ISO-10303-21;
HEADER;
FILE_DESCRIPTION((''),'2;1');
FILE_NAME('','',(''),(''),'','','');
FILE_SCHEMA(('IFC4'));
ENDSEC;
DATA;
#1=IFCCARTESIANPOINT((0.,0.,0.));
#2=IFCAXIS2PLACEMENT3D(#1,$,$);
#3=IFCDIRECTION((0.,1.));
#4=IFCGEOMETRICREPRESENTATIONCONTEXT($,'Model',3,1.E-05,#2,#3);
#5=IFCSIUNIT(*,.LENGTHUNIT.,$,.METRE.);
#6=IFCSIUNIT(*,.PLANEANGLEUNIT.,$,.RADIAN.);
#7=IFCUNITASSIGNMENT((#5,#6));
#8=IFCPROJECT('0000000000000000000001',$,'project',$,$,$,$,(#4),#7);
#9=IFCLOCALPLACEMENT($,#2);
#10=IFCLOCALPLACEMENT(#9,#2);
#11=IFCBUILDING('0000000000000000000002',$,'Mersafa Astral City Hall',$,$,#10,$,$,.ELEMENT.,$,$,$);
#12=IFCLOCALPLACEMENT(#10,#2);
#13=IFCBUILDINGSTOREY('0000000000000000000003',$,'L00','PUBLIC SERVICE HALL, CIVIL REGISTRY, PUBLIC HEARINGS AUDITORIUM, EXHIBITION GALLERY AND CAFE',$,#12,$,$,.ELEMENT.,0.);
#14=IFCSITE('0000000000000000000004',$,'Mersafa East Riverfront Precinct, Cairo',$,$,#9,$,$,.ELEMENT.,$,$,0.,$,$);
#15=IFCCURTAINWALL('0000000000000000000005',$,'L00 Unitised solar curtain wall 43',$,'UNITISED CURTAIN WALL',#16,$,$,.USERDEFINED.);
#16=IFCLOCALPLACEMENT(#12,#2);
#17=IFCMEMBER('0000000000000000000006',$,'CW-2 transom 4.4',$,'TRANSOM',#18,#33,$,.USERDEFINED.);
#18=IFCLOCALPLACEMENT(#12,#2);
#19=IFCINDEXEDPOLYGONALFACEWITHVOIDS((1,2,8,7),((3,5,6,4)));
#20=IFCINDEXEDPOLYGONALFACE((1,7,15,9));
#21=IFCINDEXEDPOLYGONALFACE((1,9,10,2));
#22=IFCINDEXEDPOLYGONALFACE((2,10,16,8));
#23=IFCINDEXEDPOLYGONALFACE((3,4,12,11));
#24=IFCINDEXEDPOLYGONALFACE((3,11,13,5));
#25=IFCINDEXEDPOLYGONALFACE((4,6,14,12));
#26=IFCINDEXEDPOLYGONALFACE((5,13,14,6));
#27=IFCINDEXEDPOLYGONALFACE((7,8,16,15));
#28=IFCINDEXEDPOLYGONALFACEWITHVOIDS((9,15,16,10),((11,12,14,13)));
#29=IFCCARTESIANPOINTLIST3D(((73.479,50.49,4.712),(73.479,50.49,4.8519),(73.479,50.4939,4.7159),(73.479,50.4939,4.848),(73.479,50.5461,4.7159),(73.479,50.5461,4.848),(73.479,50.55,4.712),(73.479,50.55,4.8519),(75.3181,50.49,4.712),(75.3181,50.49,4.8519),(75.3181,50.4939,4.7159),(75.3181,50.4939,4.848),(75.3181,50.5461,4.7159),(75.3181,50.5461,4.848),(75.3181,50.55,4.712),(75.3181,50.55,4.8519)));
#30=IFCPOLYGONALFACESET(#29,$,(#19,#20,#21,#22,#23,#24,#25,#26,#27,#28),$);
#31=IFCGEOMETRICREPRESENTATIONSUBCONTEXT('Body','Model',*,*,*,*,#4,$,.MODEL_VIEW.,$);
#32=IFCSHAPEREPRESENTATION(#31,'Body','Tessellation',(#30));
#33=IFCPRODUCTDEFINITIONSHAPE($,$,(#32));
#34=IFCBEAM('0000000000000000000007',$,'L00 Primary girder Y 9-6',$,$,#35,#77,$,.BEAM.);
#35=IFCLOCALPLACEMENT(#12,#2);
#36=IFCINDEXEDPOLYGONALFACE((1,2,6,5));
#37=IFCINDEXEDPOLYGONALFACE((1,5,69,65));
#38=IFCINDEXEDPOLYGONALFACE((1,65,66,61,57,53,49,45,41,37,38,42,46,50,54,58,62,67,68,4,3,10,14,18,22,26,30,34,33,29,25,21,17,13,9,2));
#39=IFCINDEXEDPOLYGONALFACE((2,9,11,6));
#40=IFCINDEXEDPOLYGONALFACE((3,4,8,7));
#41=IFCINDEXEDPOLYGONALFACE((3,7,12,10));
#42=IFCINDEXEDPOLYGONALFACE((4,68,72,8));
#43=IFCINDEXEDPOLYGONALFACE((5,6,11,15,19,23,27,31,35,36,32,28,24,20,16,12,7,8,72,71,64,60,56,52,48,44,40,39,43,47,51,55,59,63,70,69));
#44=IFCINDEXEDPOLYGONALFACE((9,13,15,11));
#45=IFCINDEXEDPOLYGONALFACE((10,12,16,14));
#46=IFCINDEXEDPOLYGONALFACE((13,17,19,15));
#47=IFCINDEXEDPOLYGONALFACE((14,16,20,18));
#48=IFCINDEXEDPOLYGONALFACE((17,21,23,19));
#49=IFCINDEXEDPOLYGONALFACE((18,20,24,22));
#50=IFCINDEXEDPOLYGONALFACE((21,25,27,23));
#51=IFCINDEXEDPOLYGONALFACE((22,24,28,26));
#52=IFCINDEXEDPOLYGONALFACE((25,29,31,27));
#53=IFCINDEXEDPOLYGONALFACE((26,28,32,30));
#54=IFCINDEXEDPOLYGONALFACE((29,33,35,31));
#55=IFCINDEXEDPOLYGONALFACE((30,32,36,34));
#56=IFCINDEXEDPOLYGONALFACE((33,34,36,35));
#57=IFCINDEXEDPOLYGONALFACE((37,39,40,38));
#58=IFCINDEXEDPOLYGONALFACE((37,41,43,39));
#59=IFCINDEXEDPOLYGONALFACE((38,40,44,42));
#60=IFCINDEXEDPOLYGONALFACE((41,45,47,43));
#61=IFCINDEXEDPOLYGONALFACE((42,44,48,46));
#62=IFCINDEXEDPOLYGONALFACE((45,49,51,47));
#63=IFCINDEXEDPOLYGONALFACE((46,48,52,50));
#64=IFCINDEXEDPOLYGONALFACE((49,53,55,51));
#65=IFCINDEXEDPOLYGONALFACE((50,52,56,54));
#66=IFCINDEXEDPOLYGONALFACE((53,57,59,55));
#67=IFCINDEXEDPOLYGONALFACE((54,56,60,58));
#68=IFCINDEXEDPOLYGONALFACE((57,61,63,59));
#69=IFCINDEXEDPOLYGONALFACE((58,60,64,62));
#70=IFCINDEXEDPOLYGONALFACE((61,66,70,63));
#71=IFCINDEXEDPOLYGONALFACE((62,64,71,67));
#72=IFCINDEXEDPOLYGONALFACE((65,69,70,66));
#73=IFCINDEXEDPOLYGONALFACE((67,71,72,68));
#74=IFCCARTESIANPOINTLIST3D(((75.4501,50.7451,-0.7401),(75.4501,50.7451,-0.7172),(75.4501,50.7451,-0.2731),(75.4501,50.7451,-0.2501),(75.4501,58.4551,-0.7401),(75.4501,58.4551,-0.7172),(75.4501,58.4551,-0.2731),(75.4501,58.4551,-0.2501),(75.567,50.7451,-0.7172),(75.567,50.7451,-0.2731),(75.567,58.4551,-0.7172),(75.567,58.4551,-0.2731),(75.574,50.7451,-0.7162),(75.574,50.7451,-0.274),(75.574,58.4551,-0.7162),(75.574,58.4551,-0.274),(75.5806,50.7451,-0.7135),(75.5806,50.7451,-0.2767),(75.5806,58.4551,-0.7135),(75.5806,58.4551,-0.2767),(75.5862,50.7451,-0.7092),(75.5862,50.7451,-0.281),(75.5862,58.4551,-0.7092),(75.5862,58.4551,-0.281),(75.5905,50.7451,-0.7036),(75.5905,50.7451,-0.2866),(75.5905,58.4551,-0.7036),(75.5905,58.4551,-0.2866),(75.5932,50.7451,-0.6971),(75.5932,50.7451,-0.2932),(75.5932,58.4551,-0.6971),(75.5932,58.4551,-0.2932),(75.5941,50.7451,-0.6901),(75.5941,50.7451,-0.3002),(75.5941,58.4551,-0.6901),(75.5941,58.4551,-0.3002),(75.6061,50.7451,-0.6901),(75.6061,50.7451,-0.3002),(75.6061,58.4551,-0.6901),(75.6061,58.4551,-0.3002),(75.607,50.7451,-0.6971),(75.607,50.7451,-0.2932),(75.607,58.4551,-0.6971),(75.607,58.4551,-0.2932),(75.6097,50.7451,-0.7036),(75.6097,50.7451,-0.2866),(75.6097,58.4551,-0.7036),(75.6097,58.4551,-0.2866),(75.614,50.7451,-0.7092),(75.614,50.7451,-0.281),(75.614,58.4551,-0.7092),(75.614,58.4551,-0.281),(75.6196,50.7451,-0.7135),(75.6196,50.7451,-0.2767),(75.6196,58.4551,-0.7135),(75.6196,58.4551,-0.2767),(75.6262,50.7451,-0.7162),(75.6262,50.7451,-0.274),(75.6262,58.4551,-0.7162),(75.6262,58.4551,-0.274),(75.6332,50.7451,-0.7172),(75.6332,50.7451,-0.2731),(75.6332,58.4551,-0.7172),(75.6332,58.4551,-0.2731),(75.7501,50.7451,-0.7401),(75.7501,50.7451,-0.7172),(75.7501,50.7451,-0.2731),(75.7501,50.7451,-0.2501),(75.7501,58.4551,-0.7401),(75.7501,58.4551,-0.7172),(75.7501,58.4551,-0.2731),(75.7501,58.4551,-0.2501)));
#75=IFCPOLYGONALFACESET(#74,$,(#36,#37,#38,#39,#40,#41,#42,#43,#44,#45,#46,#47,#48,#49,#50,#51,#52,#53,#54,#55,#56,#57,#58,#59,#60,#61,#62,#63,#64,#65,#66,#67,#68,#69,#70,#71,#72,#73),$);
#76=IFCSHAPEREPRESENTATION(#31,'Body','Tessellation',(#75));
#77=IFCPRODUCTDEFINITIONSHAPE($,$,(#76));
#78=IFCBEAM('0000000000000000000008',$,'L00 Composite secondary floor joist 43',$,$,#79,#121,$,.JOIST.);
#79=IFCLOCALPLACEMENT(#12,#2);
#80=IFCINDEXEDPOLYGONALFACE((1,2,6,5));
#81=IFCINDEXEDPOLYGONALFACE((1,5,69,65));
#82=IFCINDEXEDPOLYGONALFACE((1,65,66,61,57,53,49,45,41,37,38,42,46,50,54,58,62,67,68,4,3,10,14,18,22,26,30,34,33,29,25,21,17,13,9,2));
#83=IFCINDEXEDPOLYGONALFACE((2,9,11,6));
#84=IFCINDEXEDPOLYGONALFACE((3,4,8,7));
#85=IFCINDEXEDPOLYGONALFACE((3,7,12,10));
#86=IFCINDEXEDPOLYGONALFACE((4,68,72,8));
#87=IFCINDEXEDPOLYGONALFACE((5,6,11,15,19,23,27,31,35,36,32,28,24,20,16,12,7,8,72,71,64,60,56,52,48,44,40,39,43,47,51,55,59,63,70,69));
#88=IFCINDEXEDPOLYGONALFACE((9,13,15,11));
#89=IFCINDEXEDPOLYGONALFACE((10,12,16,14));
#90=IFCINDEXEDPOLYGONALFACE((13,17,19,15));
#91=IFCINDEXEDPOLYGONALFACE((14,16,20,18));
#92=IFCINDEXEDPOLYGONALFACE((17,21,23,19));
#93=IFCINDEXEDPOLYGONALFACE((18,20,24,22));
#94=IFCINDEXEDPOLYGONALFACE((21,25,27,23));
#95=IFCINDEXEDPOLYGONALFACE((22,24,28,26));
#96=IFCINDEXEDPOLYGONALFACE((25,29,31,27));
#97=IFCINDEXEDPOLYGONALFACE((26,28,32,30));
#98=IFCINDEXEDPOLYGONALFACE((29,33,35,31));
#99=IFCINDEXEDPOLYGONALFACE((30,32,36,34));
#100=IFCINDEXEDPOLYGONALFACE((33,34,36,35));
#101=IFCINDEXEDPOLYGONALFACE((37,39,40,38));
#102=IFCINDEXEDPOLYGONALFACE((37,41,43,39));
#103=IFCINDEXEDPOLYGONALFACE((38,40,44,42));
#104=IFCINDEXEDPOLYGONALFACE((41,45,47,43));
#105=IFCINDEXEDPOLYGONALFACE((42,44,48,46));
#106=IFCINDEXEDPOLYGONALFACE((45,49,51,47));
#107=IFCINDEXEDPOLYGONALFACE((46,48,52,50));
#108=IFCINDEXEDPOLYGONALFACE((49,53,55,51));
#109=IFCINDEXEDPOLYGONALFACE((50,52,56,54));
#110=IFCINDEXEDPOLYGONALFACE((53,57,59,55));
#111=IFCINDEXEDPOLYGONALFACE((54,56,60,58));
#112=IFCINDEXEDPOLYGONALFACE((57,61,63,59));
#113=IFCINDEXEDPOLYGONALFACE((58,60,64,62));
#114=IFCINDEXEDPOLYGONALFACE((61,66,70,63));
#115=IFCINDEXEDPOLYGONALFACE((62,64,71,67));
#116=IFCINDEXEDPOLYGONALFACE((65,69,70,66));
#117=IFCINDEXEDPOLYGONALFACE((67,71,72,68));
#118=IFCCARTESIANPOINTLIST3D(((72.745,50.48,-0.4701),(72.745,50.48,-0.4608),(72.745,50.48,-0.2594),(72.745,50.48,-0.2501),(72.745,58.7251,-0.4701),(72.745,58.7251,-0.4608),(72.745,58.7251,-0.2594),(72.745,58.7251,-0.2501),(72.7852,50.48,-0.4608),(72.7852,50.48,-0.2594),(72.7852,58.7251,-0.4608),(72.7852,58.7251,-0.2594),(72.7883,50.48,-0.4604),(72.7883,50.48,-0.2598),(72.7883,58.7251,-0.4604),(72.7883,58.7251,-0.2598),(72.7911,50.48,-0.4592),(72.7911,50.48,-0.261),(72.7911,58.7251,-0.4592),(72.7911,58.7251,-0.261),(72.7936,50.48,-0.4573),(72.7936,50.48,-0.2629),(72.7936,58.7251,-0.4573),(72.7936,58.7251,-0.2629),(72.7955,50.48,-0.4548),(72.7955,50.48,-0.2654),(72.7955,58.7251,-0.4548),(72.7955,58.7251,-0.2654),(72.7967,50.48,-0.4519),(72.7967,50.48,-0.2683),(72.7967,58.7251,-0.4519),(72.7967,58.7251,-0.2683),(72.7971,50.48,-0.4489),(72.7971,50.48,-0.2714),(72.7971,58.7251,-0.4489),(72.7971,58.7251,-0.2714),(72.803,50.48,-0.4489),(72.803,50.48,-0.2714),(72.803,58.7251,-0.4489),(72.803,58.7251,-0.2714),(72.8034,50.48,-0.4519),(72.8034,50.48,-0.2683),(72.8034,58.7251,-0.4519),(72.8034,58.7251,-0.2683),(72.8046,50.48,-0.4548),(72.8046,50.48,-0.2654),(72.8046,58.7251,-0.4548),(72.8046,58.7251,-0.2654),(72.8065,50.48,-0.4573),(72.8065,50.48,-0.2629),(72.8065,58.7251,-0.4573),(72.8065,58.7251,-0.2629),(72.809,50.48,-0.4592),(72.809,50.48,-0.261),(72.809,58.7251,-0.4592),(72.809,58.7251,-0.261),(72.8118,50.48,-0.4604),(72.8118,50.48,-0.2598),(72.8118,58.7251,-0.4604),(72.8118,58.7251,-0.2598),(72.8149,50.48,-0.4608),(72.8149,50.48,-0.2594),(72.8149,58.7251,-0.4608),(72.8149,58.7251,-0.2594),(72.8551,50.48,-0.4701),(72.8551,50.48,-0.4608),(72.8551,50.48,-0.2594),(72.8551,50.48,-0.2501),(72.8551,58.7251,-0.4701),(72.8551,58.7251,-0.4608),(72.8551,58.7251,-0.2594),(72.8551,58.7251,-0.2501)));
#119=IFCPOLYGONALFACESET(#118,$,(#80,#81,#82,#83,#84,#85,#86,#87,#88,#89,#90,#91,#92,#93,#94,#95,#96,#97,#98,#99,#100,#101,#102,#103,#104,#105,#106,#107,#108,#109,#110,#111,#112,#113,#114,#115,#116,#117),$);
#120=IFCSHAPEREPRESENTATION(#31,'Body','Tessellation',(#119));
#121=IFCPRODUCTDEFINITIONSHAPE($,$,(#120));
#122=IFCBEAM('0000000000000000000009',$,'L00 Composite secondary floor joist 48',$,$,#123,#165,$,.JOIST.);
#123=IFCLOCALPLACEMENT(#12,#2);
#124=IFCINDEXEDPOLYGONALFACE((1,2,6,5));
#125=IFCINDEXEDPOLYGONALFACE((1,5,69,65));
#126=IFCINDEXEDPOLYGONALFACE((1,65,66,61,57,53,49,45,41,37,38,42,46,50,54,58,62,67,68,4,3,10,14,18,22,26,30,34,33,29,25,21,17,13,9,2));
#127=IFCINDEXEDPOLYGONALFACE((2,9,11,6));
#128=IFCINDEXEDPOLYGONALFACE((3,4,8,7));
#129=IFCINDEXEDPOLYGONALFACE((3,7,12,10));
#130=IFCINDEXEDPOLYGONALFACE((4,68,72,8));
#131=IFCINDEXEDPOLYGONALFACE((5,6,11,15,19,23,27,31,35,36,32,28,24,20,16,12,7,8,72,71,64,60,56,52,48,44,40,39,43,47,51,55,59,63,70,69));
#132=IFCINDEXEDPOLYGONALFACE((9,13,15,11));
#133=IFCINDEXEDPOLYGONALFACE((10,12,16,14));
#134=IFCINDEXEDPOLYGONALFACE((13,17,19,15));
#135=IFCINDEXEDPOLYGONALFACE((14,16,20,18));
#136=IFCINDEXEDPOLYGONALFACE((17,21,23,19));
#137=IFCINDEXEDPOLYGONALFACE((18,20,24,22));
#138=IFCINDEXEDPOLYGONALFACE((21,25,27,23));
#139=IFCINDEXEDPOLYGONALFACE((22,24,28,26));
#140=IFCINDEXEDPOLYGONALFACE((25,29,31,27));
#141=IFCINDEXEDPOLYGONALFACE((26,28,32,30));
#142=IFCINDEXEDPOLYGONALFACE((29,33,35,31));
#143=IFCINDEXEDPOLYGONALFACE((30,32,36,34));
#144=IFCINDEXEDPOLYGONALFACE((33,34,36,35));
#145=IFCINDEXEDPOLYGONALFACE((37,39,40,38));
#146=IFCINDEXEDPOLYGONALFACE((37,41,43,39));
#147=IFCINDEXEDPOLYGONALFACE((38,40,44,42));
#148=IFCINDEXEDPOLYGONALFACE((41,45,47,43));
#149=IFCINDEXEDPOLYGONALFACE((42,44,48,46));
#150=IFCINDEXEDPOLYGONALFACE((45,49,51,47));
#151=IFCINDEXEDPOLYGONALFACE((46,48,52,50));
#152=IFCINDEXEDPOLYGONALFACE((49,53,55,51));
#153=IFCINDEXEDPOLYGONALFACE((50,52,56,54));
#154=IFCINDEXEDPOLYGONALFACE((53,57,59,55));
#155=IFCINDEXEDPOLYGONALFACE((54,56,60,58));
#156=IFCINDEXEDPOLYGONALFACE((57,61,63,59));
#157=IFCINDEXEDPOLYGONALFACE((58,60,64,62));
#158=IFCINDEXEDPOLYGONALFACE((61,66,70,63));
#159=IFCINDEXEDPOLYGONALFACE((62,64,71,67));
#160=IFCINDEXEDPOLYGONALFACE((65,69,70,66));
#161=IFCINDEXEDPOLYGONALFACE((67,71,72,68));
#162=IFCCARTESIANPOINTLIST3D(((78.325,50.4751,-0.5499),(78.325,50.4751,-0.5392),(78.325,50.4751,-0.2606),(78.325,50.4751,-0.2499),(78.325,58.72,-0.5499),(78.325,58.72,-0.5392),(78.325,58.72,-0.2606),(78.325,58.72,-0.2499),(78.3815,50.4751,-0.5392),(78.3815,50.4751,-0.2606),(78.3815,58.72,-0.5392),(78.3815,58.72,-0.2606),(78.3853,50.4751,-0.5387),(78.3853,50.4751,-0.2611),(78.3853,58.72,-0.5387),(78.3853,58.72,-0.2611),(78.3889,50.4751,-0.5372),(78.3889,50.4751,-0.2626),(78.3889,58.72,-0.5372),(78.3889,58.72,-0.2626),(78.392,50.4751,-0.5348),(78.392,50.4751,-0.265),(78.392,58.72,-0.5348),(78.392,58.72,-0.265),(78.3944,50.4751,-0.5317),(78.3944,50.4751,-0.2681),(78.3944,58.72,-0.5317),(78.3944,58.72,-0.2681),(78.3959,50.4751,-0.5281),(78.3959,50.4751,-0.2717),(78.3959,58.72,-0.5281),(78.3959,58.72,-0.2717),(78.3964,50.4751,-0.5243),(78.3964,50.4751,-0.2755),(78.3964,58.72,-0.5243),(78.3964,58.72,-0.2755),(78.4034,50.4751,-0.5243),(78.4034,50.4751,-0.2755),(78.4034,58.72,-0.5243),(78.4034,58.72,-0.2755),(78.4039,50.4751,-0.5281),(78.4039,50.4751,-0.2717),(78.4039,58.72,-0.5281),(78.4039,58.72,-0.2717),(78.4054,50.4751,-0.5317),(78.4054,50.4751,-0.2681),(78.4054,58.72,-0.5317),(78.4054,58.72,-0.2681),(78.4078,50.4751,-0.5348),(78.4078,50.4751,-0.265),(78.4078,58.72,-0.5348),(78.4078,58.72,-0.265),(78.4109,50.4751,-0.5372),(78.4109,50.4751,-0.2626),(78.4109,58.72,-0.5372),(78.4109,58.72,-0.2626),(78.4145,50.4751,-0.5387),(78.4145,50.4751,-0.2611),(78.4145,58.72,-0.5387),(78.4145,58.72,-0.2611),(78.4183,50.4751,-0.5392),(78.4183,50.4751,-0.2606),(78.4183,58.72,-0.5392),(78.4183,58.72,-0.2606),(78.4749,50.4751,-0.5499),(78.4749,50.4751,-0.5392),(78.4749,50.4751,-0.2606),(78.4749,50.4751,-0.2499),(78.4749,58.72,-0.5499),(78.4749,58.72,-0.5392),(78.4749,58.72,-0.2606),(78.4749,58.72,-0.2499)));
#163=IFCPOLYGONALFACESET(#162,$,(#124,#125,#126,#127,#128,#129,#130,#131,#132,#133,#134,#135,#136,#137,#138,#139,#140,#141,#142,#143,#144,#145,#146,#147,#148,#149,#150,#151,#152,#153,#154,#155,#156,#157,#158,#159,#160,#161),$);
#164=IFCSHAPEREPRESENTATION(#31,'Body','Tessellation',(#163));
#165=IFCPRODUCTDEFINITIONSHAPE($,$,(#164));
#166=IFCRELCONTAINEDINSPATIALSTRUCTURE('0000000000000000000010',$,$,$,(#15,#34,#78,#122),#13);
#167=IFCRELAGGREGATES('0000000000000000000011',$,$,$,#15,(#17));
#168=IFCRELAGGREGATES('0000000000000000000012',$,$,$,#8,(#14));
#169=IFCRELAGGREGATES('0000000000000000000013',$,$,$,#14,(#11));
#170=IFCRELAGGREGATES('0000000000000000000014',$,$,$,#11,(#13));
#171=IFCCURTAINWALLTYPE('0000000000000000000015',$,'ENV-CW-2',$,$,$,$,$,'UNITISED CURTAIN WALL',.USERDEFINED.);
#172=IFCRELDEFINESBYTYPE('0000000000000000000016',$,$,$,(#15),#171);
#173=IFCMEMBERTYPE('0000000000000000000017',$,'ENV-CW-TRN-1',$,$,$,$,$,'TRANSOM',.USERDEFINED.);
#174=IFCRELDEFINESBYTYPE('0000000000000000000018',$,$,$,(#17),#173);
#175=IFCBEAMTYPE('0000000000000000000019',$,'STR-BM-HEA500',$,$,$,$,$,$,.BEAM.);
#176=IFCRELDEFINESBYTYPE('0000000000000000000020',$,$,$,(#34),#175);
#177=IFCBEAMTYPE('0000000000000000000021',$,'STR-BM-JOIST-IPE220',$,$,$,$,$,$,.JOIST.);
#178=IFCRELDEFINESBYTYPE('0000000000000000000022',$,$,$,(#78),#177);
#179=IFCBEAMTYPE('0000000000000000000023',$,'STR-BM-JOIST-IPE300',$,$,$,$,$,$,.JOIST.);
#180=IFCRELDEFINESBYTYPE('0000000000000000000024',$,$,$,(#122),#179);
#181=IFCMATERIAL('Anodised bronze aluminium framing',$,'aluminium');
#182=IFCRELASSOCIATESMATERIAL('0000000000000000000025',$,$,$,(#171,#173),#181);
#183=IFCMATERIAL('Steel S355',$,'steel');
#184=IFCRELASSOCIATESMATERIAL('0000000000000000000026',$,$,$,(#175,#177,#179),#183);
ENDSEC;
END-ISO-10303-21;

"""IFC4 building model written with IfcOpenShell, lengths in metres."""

from ifc_helpers import new_model, si_unit, direction, frame, origin, origin_2d, place, context, subcontext, project, spatial, hollow_rectangle, i_section, extrude, material, material_profile, profile_set, type_object, element, aggregate, save


model = new_model("IFC4")

# Units and contexts
model_context = context("Model", 3, precision=1e-05, world=origin(), true_north=direction((0.0, 1.0)))
body_context = subcontext(model_context, "Body", "Model", "MODEL_VIEW")
ifc_project = project(units=[si_unit("LENGTHUNIT", "METRE"), si_unit("PLANEANGLEUNIT", "RADIAN")], contexts=[model_context])

# Site, building, storey
site_placement = place(None, origin())
site = spatial("IfcSite", under=ifc_project, at=site_placement, Name="Mersafa East Riverfront Precinct, Cairo", CompositionType="ELEMENT", RefElevation=0.0)
building_placement = place(site_placement, origin())
building = spatial("IfcBuilding", under=site, at=building_placement, Name="Mersafa Astral City Hall", CompositionType="ELEMENT")
storey_placement = place(building_placement, origin())
storey = spatial("IfcBuildingStorey", under=building, at=storey_placement, Name="L00", Description="PUBLIC SERVICE HALL, CIVIL REGISTRY, PUBLIC HEARINGS AUDITORIUM, EXHIBITION GALLERY AND CAFE", CompositionType="ELEMENT", Elevation=0.0)

# Shared definitions
ifc_material_1 = material(Name="Steel S355", Category="steel")

# Curtain wall, member
ifc_material_2 = material(Name="Anodised bronze aluminium framing", Category="aluminium")
curtain_wall_type = type_object("IfcCurtainWallType", Name="ENV-CW-2", ElementType="UNITISED CURTAIN WALL", PredefinedType="USERDEFINED", material=ifc_material_2)
curtain_wall_placement = place(storey_placement, origin())
curtain_wall = element("IfcCurtainWall", 1, at=curtain_wall_placement, inside=storey, type_object=curtain_wall_type, Name="L00 Unitised solar curtain wall 43", ObjectType="UNITISED CURTAIN WALL", PredefinedType="USERDEFINED")
ifc_material_profile_1 = material_profile(ifc_material_2, hollow_rectangle(XDim=0.0601, YDim=0.1399, WallThickness=0.0039, at=origin_2d()), Name="RHS 60x140x4")
ifc_profile_set_1 = profile_set([ifc_material_profile_1], Name="Anodised bronze aluminium framing")
member_type_1 = type_object("IfcMemberType", Name="ENV-CW-TRN-1", ElementType="TRANSOM", PredefinedType="USERDEFINED", material=ifc_profile_set_1)
member_1_placement = place(storey_placement, frame((73.479, 50.52, 4.782), z_axis=(1.0, 0.0, 0.0), x_axis=(0.0, 1.0, 0.0)))
member_1 = element("IfcMember", 2, at=member_1_placement, type_object=member_type_1, Name="CW-2 transom 4.4", ObjectType="TRANSOM", PredefinedType="USERDEFINED", context=body_context, shape_type="SweptSolid", body=[
    extrude(hollow_rectangle(XDim=0.0601, YDim=0.1399, WallThickness=0.0039, at=origin_2d()), origin(), (0.0, 0.0, 1.0), 1.8391),
])

# Beams
ifc_material_profile_2 = material_profile(ifc_material_1, i_section(OverallWidth=0.3, OverallDepth=0.49, WebThickness=0.012, FlangeThickness=0.0229, FilletRadius=0.0271, at=origin_2d()), Name="HEA 500")
ifc_profile_set_2 = profile_set([ifc_material_profile_2], Name="Steel S355")
beam_type_1 = type_object("IfcBeamType", Name="STR-BM-HEA500", PredefinedType="BEAM", material=ifc_profile_set_2)
beam_1_placement = place(storey_placement, frame((75.6001, 50.7451, -0.4951), z_axis=(0.0, 1.0, 0.0), x_axis=(-1.0, 0.0, 0.0)))
element("IfcBeam", 3, at=beam_1_placement, inside=storey, type_object=beam_type_1, Name="L00 Primary girder Y 9-6", PredefinedType="BEAM", context=body_context, shape_type="SweptSolid", body=[
    extrude(i_section(OverallWidth=0.3, OverallDepth=0.49, WebThickness=0.012, FlangeThickness=0.0229, FilletRadius=0.0271, at=origin_2d()), origin(), (0.0, 0.0, 1.0), 7.71),
])
ifc_material_profile_3 = material_profile(ifc_material_1, i_section(OverallWidth=0.1101, OverallDepth=0.22, WebThickness=0.0059, FlangeThickness=0.0093, FilletRadius=0.012, at=origin_2d()), Name="IPE 220")
ifc_profile_set_3 = profile_set([ifc_material_profile_3], Name="Steel S355")
beam_type_2 = type_object("IfcBeamType", Name="STR-BM-JOIST-IPE220", PredefinedType="JOIST", material=ifc_profile_set_3)
beam_2_placement = place(storey_placement, frame((72.8, 50.48, -0.3601), z_axis=(0.0, 1.0, 0.0), x_axis=(-1.0, 0.0, 0.0)))
element("IfcBeam", 4, at=beam_2_placement, inside=storey, type_object=beam_type_2, Name="L00 Composite secondary floor joist 43", PredefinedType="JOIST", context=body_context, shape_type="SweptSolid", body=[
    extrude(i_section(OverallWidth=0.1101, OverallDepth=0.22, WebThickness=0.0059, FlangeThickness=0.0093, FilletRadius=0.012, at=origin_2d()), origin(), (0.0, 0.0, 1.0), 8.2451),
])
ifc_material_profile_4 = material_profile(ifc_material_1, i_section(OverallWidth=0.1499, OverallDepth=0.3, WebThickness=0.0071, FlangeThickness=0.0107, FilletRadius=0.0149, at=origin_2d()), Name="IPE 300")
ifc_profile_set_4 = profile_set([ifc_material_profile_4], Name="Steel S355")
beam_type_3 = type_object("IfcBeamType", Name="STR-BM-JOIST-IPE300", PredefinedType="JOIST", material=ifc_profile_set_4)
beam_3_placement = place(storey_placement, frame((78.3999, 50.4751, -0.3999), z_axis=(0.0, 1.0, 0.0), x_axis=(-1.0, 0.0, 0.0)))
element("IfcBeam", 5, at=beam_3_placement, inside=storey, type_object=beam_type_3, Name="L00 Composite secondary floor joist 48", PredefinedType="JOIST", context=body_context, shape_type="SweptSolid", body=[
    extrude(i_section(OverallWidth=0.1499, OverallDepth=0.3, WebThickness=0.0071, FlangeThickness=0.0107, FilletRadius=0.0149, at=origin_2d()), origin(), (0.0, 0.0, 1.0), 8.2449),
])

aggregate(curtain_wall, [member_1])

save(model, "model.ifc")
